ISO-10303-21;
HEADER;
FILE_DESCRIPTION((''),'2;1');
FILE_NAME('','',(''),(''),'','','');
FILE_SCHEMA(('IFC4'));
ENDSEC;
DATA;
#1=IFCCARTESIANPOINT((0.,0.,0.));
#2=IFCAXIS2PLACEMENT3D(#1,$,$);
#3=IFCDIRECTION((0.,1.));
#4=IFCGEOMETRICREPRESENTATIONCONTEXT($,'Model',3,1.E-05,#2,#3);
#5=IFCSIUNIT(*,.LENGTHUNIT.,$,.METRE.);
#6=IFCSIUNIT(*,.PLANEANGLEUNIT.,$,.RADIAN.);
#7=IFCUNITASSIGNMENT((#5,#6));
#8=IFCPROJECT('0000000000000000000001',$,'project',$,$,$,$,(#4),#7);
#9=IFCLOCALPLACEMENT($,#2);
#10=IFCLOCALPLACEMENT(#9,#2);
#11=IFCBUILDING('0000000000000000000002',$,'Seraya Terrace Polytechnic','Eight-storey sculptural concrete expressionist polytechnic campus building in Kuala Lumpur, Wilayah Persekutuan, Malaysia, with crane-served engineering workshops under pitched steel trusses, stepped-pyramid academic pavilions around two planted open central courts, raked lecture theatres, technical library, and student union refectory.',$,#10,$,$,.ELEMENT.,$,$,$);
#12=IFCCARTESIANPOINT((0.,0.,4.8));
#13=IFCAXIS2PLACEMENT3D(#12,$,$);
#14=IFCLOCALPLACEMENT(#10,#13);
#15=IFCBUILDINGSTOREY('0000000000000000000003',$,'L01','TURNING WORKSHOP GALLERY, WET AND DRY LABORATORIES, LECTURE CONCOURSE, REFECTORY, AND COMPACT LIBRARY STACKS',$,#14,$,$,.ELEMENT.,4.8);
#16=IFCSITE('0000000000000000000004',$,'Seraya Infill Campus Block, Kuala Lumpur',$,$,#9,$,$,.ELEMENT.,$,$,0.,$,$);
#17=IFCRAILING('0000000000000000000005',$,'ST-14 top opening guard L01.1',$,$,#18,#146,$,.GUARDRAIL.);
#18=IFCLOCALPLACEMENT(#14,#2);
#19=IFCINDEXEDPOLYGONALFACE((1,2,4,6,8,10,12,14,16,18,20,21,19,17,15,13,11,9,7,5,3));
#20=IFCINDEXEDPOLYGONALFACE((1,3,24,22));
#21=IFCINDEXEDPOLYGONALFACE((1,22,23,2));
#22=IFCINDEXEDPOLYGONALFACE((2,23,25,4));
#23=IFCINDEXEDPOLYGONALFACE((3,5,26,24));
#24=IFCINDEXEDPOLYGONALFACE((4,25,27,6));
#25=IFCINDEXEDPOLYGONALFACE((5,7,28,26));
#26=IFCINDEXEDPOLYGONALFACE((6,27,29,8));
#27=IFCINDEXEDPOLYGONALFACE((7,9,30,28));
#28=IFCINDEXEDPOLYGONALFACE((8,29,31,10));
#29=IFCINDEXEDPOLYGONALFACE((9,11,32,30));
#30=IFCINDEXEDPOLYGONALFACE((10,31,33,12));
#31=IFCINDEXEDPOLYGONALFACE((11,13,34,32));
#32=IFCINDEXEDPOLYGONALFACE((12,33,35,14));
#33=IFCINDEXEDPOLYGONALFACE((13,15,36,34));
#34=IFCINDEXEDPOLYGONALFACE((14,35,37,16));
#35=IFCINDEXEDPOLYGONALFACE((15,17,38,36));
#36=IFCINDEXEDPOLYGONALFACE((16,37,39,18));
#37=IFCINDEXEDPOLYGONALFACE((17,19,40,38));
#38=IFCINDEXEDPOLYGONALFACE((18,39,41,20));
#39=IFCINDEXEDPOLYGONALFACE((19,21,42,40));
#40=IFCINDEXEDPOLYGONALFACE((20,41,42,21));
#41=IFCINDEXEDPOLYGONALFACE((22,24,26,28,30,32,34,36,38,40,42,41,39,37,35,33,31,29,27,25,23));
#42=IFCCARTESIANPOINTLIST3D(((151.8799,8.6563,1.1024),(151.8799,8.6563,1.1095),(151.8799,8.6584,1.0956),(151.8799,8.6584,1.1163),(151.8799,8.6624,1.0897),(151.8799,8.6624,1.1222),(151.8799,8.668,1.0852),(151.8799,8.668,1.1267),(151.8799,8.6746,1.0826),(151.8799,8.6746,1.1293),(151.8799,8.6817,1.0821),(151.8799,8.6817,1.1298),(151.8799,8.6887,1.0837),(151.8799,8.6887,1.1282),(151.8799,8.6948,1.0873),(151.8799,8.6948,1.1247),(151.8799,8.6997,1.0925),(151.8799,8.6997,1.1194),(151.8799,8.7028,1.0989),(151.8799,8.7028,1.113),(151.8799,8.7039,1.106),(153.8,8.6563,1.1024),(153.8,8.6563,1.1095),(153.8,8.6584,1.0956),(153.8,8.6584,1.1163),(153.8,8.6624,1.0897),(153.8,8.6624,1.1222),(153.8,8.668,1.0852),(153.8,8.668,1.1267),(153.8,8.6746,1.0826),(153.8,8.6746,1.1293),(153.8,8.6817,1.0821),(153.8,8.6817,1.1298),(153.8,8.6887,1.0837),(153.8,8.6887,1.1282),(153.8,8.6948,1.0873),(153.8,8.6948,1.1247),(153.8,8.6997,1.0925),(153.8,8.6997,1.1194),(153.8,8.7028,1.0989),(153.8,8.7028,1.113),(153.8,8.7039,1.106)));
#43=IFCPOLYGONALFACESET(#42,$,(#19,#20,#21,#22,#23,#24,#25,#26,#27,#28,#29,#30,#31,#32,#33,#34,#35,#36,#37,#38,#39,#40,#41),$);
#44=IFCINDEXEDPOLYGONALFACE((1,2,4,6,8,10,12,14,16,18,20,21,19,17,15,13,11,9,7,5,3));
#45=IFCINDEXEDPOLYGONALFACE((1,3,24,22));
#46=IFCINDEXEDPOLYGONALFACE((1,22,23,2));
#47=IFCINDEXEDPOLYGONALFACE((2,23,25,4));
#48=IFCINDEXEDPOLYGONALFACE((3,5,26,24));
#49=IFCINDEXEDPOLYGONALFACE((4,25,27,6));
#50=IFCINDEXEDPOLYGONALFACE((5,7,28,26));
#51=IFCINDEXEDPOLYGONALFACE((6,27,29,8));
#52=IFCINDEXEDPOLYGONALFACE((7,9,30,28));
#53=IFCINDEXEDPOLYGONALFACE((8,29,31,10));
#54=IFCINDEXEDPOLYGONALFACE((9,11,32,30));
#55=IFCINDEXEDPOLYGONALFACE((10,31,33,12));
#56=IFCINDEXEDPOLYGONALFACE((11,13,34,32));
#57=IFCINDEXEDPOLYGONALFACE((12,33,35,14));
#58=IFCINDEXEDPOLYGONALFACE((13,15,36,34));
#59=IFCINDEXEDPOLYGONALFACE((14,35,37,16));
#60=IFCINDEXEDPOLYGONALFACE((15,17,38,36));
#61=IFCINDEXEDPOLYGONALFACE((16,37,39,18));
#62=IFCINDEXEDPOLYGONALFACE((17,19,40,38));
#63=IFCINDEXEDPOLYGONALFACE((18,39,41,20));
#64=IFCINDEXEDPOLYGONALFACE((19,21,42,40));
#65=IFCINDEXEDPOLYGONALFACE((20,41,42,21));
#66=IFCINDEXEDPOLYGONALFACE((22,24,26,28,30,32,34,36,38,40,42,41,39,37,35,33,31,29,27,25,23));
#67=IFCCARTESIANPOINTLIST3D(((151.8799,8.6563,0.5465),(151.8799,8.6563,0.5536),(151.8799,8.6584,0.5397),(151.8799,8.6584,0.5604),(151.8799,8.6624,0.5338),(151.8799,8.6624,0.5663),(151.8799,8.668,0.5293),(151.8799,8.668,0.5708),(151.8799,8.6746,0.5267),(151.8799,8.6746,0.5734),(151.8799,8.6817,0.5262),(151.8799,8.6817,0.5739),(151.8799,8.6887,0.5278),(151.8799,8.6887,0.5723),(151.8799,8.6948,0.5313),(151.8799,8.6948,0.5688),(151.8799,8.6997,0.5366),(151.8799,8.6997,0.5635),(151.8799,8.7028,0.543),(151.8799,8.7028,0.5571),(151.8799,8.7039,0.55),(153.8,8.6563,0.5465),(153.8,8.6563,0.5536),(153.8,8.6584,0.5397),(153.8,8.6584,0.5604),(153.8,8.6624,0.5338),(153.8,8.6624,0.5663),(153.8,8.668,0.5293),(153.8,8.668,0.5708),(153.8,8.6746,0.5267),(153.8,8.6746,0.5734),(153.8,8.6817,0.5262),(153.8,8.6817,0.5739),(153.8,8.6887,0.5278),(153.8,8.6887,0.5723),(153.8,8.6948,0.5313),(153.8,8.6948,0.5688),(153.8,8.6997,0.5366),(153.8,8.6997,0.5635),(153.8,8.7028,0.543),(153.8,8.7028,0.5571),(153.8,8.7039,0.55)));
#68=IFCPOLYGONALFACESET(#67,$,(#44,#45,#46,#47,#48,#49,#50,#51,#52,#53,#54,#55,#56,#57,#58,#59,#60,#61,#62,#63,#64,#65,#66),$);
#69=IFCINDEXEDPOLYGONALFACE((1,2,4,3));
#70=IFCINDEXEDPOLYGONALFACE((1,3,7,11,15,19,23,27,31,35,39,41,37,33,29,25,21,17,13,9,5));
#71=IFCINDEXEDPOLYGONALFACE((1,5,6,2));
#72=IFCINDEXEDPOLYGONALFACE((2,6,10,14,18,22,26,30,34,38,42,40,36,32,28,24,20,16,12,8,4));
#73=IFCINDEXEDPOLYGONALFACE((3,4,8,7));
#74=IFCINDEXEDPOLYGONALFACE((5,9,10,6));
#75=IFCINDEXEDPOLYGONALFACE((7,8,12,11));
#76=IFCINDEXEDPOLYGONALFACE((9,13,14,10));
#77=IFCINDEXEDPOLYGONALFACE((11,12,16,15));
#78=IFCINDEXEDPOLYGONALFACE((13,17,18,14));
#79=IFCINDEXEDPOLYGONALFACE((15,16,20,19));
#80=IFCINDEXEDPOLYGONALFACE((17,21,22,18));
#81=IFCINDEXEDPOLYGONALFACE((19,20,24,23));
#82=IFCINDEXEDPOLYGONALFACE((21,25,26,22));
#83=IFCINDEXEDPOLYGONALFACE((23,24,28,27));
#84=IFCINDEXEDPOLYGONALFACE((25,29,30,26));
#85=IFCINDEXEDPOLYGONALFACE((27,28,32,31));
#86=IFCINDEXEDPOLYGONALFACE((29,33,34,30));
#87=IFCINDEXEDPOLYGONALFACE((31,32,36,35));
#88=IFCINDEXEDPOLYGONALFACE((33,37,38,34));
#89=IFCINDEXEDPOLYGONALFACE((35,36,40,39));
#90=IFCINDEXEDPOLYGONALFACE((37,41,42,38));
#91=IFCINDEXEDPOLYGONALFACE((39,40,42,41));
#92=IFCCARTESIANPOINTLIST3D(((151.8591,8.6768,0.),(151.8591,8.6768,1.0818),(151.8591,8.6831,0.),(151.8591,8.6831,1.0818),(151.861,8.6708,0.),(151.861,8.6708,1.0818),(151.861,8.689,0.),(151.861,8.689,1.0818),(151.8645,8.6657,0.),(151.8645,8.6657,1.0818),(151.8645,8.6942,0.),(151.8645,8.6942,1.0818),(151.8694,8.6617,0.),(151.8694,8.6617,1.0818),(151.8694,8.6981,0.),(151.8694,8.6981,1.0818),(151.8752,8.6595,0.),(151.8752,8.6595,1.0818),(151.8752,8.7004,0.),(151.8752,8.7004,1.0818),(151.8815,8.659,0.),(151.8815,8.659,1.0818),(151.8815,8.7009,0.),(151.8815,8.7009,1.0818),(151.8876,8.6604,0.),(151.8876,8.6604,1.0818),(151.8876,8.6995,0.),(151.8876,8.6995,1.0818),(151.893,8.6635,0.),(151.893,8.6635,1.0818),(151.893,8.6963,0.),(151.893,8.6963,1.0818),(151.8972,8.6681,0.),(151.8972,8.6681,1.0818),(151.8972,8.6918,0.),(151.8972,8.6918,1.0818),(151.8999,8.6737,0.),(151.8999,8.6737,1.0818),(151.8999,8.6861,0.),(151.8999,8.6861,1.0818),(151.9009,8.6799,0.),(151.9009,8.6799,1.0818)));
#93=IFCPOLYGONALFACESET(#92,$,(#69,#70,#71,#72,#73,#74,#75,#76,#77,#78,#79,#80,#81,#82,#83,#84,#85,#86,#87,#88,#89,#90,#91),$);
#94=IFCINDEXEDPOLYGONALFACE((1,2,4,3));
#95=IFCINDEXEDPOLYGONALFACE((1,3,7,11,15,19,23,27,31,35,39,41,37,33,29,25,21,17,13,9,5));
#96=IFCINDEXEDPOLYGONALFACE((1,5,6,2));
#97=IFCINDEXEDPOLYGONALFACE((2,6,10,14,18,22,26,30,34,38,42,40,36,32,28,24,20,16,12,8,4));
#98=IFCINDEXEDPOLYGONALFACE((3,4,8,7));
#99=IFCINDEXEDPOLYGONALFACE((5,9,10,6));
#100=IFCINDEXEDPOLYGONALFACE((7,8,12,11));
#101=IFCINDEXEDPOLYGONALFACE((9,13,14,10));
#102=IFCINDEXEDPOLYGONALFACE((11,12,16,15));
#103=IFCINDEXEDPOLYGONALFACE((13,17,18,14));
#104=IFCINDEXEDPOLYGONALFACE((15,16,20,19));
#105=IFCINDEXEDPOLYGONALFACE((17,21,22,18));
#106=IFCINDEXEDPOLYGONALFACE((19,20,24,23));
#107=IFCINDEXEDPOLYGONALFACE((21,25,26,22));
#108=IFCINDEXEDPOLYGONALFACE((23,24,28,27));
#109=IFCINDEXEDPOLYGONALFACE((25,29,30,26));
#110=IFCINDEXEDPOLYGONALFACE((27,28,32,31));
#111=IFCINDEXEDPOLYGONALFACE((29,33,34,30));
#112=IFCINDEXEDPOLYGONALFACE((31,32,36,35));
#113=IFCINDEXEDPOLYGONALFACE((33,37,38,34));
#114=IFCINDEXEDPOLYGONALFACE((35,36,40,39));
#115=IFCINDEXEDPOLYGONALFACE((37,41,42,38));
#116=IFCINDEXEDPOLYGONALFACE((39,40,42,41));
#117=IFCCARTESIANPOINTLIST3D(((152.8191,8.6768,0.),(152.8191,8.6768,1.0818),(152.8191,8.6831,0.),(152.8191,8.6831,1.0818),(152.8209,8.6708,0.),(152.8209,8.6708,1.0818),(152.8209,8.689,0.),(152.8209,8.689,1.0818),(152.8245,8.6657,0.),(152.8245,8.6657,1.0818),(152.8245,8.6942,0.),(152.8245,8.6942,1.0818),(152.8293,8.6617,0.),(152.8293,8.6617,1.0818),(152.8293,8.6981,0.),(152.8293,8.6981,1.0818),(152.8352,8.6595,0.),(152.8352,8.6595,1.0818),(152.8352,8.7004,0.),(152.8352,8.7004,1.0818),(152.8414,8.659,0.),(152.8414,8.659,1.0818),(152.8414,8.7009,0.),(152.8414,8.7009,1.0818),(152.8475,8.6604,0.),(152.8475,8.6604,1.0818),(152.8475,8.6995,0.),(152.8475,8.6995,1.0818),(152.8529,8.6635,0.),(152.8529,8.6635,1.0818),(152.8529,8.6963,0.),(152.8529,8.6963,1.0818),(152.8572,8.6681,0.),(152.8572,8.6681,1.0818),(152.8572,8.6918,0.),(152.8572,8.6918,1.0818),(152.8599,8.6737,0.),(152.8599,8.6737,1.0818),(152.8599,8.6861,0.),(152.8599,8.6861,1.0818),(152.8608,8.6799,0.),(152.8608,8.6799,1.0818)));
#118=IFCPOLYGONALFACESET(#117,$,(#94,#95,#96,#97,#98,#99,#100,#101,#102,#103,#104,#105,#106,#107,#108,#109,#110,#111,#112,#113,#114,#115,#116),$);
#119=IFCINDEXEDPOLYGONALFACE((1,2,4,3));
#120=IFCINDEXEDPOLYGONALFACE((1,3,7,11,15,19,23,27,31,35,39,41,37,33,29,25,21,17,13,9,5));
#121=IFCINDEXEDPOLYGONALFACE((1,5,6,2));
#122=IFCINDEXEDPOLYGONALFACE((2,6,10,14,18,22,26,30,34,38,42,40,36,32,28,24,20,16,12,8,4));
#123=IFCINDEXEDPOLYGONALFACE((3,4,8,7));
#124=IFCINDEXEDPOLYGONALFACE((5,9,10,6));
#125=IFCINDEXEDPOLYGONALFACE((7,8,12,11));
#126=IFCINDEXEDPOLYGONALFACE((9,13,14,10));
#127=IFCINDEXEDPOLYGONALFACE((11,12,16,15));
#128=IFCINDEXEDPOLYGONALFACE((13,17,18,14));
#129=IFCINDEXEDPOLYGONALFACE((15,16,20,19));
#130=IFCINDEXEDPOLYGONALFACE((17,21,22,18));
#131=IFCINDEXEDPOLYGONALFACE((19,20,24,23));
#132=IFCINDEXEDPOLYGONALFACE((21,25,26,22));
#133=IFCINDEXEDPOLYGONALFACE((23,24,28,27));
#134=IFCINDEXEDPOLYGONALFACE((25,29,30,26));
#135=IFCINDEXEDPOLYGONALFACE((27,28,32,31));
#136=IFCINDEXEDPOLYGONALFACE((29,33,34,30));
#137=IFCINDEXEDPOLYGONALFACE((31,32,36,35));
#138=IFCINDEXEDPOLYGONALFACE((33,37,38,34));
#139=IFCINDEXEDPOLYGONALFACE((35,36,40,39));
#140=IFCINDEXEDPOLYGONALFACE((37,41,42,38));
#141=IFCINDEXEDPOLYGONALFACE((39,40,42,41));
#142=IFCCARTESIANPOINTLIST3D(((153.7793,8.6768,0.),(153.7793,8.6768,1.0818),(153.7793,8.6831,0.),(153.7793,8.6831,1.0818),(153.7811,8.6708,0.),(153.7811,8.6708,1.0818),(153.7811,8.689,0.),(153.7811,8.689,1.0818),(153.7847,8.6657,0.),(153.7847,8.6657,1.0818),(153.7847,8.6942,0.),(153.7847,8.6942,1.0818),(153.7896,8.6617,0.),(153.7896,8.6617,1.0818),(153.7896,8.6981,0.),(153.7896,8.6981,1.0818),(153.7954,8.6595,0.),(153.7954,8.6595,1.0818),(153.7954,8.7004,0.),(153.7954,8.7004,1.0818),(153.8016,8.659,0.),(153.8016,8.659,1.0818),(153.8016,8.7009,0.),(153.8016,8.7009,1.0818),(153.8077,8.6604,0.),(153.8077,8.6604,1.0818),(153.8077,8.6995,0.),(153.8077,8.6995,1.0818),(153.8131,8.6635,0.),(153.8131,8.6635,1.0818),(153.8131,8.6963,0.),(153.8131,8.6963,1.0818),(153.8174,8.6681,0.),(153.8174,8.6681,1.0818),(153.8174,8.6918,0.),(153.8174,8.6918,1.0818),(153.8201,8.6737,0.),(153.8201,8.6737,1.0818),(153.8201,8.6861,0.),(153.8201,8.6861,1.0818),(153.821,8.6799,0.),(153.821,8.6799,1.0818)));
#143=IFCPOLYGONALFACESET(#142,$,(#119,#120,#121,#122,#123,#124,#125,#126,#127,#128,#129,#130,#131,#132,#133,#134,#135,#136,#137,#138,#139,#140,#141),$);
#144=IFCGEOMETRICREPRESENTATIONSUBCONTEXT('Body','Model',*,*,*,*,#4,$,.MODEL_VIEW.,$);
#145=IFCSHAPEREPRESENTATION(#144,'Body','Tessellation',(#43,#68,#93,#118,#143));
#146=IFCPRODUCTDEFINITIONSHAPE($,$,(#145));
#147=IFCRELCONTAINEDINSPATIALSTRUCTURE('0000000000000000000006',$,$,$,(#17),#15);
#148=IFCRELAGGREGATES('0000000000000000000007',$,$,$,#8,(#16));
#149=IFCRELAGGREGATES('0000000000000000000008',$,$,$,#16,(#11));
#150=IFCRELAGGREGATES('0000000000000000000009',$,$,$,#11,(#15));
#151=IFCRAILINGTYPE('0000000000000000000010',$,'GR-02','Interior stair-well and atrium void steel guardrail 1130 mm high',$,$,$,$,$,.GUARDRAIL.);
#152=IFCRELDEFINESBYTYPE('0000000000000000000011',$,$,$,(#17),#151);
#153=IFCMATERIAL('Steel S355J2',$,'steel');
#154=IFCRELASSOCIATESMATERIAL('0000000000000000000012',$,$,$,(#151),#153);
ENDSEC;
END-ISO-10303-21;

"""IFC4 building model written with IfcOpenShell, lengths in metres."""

from ifc_helpers import new_model, si_unit, direction, frame, origin, origin_2d, place, context, subcontext, project, spatial, circle, extrude, material, type_object, element, save


model = new_model("IFC4")

# Units and contexts
model_context = context("Model", 3, precision=1e-05, world=origin(), true_north=direction((0.0, 1.0)))
body_context = subcontext(model_context, "Body", "Model", "MODEL_VIEW")
ifc_project = project(units=[si_unit("LENGTHUNIT", "METRE"), si_unit("PLANEANGLEUNIT", "RADIAN")], contexts=[model_context])

# Site, building, storey
site_placement = place(None, origin())
site = spatial("IfcSite", under=ifc_project, at=site_placement, Name="Seraya Infill Campus Block, Kuala Lumpur", CompositionType="ELEMENT", RefElevation=0.0)
building_placement = place(site_placement, origin())
building = spatial("IfcBuilding", under=site, at=building_placement, Name="Seraya Terrace Polytechnic", Description="Eight-storey sculptural concrete expressionist polytechnic campus building in Kuala Lumpur, Wilayah Persekutuan, Malaysia, with crane-served engineering workshops under pitched steel trusses, stepped-pyramid academic pavilions around two planted open central courts, raked lecture theatres, technical library, and student union refectory.", CompositionType="ELEMENT")
storey_placement = place(building_placement, frame((0.0, 0.0, 4.8)))
storey = spatial("IfcBuildingStorey", under=building, at=storey_placement, Name="L01", Description="TURNING WORKSHOP GALLERY, WET AND DRY LABORATORIES, LECTURE CONCOURSE, REFECTORY, AND COMPACT LIBRARY STACKS", CompositionType="ELEMENT", Elevation=4.8)

# Railing
ifc_material_1 = material(Name="Steel S355J2", Category="steel")
railing_type_1 = type_object("IfcRailingType", Name="GR-02", Description="Interior stair-well and atrium void steel guardrail 1130 mm high", PredefinedType="GUARDRAIL", material=ifc_material_1)
railing_1_placement = place(storey_placement, frame((151.8799, 8.6799, 0.0)))
element("IfcRailing", 1, at=railing_1_placement, inside=storey, type_object=railing_type_1, Name="ST-14 top opening guard L01.1", PredefinedType="GUARDRAIL", context=body_context, shape_type="SweptSolid", body=[
    extrude(circle(Radius=0.0239, at=origin_2d()), frame((0.0, 0.0, 1.106), z_axis=(1.0, 0.0, 0.0), x_axis=(0.0, 1.0, 0.0)), (0.0, 0.0, 1.0), 1.9202),
    extrude(circle(Radius=0.0239, at=origin_2d()), frame((0.0, 0.0, 0.55), z_axis=(1.0, 0.0, 0.0), x_axis=(0.0, 1.0, 0.0)), (0.0, 0.0, 1.0), 1.9202),
    extrude(circle(Radius=0.021, at=origin_2d()), origin(), (0.0, 0.0, 1.0), 1.0818),
    extrude(circle(Radius=0.021, at=origin_2d()), frame((0.96, 0.0, 0.0)), (0.0, 0.0, 1.0), 1.0818),
    extrude(circle(Radius=0.021, at=origin_2d()), frame((1.9202, 0.0, 0.0)), (0.0, 0.0, 1.0), 1.0818),
])

save(model, "model.ifc")
